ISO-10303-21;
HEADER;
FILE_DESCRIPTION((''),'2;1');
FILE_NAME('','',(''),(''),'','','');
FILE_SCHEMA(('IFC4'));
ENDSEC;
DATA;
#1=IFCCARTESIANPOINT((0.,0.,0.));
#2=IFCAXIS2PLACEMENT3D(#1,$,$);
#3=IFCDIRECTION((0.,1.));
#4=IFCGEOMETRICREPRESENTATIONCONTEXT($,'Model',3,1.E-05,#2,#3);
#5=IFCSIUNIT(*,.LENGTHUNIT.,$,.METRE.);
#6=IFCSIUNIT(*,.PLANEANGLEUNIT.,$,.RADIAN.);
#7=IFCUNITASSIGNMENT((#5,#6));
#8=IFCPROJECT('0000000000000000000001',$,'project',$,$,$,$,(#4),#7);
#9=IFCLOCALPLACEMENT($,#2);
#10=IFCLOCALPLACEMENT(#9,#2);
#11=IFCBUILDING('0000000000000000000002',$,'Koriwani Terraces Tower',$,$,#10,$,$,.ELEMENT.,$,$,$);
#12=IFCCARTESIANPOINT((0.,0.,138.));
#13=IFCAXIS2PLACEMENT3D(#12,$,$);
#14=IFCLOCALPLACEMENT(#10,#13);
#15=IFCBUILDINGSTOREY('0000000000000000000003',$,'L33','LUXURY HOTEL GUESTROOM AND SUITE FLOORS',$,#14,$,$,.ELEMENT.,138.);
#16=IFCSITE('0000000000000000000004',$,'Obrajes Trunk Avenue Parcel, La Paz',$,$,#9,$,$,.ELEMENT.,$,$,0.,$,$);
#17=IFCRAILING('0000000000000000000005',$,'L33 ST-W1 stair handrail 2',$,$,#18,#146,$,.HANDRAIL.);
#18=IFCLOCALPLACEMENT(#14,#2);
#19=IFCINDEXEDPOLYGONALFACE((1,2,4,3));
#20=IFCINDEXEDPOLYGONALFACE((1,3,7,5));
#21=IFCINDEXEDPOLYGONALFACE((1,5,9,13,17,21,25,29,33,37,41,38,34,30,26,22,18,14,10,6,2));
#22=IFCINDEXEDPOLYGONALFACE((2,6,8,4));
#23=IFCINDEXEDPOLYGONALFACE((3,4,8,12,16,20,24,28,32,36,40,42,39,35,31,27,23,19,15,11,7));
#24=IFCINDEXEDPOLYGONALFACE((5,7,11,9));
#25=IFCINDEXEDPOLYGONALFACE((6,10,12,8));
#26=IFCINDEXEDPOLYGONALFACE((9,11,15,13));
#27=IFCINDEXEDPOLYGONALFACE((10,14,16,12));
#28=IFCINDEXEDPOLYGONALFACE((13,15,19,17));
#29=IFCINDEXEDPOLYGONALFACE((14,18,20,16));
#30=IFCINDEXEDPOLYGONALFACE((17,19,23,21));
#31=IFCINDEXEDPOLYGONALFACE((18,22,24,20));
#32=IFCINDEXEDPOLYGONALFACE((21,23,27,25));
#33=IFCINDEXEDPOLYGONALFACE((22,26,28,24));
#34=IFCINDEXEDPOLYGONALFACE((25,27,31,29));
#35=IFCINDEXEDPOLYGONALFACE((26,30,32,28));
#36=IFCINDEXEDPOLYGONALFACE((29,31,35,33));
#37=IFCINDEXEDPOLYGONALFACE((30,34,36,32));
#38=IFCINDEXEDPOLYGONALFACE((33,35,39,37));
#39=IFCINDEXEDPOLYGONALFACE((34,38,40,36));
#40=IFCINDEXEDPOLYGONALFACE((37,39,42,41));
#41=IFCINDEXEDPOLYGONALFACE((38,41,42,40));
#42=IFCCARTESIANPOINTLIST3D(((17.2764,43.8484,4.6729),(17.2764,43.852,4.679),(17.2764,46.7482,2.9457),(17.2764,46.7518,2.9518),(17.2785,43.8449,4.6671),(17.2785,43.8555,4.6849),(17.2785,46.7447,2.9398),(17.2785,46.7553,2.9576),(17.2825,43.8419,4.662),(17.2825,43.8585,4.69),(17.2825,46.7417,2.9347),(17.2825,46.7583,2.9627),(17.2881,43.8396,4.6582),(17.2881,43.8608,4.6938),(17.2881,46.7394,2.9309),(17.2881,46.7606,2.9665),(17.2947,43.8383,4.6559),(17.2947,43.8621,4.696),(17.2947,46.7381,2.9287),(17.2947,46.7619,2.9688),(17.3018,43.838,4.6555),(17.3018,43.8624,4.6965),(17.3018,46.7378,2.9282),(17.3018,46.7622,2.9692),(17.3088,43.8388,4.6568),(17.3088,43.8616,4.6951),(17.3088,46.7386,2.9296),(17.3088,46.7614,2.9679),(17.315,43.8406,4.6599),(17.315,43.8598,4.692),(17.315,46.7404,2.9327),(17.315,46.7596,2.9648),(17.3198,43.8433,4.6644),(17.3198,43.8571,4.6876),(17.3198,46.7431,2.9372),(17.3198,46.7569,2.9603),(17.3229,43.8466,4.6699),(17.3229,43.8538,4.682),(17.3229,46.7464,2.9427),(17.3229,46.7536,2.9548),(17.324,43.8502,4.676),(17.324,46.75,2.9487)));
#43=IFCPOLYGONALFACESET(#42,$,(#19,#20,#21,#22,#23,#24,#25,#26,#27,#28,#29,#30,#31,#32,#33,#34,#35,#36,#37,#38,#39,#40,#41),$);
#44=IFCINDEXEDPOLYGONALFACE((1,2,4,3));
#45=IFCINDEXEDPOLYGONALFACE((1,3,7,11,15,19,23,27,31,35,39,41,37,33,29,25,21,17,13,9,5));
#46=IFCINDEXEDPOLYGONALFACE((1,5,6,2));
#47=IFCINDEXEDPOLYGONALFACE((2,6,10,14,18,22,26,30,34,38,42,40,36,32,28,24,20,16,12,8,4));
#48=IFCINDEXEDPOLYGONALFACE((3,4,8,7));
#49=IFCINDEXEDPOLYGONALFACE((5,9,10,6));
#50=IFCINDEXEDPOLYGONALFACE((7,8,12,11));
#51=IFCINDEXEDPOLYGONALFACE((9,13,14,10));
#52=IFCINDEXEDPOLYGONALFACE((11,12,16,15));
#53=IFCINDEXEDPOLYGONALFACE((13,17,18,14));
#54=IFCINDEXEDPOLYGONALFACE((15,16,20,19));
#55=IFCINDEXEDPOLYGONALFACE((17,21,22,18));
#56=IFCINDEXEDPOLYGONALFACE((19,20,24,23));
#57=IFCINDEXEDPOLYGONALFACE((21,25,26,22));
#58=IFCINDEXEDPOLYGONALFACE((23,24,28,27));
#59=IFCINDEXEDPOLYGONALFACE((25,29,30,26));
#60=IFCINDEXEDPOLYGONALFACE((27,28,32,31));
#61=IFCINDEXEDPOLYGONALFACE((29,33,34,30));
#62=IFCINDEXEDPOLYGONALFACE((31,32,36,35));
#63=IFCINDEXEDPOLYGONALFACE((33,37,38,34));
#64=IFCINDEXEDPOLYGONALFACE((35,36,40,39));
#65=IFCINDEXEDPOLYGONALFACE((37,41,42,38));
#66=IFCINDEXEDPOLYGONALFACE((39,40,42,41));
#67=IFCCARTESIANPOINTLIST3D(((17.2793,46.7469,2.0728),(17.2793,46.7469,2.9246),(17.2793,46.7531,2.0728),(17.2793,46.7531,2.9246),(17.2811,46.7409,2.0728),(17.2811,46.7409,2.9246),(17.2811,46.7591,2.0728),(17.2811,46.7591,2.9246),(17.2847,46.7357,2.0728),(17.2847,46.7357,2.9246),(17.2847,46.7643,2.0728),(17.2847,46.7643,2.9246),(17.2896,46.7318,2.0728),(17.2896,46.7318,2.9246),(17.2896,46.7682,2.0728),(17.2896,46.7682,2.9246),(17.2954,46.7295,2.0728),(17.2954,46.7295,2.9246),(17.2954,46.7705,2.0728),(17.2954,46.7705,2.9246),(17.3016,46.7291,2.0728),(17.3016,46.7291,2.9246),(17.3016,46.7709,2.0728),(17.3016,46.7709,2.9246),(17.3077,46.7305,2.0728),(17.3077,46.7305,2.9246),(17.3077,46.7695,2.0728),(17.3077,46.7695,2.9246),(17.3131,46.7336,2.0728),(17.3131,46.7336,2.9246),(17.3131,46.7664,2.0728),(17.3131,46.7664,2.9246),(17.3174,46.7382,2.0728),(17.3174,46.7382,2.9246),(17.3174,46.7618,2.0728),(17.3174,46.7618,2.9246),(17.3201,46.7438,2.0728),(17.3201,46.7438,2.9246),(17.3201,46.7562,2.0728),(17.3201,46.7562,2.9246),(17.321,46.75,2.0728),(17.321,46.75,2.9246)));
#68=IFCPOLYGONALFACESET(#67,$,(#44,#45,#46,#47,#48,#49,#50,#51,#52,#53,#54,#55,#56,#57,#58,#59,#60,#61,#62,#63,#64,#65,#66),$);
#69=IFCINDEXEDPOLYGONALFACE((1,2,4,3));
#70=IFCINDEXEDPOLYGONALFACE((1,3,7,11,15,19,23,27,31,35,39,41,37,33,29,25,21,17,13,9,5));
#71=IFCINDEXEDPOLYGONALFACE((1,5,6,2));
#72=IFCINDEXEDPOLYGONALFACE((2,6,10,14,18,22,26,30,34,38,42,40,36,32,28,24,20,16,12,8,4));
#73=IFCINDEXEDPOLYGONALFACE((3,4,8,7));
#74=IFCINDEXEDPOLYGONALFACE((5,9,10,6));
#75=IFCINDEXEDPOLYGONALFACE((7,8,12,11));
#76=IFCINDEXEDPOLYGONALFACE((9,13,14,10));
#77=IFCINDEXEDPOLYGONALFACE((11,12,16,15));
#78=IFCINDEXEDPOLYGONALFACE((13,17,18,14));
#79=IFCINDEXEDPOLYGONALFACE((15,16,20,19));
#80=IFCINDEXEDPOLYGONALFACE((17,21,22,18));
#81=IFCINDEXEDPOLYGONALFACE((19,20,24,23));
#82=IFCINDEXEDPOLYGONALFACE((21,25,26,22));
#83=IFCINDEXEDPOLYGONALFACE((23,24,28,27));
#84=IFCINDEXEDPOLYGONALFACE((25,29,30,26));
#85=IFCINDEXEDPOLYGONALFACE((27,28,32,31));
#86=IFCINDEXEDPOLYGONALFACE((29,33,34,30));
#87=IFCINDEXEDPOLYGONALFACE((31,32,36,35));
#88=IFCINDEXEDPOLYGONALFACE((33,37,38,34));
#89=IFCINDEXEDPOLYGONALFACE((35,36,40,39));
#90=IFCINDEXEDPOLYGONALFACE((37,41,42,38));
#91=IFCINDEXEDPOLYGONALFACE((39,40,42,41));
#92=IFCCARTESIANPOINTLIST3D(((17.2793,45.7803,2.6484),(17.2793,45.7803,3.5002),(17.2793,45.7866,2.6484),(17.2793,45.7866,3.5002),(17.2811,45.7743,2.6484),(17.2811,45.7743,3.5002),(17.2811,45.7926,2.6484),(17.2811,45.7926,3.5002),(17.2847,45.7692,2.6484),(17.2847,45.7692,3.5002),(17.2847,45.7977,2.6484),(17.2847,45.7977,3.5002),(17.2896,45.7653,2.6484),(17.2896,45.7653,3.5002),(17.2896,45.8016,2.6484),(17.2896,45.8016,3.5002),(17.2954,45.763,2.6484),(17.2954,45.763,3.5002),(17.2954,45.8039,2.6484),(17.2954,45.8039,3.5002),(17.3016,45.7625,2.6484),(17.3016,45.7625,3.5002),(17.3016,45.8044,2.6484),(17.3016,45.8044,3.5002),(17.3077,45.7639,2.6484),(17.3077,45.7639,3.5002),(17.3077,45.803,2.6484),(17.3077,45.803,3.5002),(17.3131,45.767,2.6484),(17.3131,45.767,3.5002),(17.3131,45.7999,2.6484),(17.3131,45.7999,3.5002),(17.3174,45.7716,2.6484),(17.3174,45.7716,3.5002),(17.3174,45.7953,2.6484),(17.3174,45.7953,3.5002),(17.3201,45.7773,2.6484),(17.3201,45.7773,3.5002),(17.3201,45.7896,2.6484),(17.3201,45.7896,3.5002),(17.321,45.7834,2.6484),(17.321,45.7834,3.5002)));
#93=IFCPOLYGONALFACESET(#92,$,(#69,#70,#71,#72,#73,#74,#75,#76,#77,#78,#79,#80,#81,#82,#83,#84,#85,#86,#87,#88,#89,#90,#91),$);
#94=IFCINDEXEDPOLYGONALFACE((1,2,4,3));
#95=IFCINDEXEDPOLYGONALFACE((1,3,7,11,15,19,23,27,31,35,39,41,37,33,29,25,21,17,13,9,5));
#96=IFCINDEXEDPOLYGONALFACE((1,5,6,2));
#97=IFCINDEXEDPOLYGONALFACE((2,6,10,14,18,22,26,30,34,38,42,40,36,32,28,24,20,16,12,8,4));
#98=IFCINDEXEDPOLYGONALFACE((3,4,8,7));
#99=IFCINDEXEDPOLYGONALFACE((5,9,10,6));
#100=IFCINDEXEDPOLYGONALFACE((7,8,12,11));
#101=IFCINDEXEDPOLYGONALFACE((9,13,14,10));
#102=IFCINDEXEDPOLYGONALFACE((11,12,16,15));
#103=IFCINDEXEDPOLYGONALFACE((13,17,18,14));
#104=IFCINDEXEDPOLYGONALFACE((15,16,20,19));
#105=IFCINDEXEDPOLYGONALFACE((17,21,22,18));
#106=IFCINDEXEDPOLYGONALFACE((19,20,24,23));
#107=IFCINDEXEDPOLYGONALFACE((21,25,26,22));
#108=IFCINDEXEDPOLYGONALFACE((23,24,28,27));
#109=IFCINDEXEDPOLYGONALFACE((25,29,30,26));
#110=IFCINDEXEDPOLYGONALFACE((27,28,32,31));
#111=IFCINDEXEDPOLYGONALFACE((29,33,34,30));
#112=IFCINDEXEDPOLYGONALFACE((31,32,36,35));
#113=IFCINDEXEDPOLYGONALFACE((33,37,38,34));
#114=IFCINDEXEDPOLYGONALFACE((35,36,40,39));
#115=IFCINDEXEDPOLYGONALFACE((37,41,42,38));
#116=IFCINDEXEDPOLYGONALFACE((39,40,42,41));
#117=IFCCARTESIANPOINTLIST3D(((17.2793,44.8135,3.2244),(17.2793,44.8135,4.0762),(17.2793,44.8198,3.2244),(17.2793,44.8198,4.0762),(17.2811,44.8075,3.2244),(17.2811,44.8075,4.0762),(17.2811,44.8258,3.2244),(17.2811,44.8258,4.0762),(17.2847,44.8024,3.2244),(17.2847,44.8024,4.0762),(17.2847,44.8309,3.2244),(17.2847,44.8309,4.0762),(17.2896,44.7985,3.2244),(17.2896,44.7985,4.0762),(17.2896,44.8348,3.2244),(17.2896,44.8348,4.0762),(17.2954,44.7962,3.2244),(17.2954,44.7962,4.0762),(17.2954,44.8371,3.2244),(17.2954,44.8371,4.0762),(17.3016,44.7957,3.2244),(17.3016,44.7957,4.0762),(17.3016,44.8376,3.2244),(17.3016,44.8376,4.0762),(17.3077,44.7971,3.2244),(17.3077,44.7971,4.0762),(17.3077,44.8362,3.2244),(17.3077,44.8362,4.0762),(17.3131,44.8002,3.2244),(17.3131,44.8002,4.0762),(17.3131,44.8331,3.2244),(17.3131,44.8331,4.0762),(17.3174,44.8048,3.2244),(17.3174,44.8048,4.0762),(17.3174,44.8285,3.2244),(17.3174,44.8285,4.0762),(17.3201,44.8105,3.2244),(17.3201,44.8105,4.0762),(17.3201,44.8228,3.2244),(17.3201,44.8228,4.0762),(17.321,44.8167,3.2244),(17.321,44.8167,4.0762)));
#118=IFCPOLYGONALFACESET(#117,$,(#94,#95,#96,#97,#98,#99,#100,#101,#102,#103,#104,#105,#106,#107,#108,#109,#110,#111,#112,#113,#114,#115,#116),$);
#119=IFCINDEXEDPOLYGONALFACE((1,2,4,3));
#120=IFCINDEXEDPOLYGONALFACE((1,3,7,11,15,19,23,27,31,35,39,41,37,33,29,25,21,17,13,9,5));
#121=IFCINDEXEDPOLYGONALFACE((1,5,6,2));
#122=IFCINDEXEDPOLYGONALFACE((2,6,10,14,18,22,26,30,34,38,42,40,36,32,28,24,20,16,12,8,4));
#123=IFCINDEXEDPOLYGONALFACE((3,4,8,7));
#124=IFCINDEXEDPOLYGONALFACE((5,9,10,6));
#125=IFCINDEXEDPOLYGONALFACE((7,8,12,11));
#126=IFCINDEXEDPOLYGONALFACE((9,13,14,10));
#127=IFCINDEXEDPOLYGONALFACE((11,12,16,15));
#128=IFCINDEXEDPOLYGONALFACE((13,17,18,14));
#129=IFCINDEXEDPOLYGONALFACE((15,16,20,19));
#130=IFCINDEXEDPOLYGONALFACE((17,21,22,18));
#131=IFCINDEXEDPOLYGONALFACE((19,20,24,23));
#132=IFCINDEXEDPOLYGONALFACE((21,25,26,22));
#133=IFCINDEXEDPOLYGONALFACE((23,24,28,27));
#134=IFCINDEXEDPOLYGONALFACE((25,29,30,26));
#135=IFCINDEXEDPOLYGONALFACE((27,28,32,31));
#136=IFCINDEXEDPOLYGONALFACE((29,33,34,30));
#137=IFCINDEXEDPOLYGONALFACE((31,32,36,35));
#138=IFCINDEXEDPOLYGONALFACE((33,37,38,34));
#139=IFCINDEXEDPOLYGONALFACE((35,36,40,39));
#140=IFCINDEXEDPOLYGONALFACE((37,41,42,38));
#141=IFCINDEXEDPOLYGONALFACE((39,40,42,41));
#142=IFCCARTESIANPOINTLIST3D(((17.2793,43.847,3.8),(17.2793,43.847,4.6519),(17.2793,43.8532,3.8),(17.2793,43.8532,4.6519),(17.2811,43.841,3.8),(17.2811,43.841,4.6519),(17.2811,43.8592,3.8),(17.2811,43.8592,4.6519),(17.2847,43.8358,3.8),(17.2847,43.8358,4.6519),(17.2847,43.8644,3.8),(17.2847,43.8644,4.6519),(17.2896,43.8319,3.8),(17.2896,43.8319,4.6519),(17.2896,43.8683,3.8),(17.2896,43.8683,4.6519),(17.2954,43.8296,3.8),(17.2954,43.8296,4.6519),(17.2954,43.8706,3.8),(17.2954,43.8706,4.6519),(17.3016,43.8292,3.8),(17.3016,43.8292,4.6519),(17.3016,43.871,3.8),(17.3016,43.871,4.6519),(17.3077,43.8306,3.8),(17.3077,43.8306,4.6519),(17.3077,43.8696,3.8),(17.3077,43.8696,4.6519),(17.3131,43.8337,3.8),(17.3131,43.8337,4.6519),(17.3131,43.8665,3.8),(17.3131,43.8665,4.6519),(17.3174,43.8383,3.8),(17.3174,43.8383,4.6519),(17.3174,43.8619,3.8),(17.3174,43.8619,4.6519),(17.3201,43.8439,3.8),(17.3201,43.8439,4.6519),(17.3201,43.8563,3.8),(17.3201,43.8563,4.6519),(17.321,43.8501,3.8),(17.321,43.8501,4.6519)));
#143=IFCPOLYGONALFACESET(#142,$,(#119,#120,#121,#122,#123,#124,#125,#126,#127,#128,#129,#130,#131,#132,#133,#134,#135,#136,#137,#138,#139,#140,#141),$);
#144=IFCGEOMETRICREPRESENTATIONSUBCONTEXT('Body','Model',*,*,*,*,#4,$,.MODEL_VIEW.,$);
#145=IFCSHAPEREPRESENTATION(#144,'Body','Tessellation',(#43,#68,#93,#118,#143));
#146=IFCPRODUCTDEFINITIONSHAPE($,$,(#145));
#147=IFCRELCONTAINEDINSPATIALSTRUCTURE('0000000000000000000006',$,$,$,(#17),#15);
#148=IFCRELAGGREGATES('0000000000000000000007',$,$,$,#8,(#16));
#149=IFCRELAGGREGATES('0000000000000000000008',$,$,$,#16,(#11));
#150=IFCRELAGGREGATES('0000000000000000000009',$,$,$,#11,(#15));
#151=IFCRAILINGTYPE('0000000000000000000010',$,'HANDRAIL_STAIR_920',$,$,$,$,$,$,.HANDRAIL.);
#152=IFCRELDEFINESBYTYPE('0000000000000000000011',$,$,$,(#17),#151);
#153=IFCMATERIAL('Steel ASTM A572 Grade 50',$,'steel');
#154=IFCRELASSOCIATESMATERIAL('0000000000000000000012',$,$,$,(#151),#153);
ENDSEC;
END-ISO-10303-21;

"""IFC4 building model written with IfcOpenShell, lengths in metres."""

from ifc_helpers import new_model, si_unit, direction, frame, origin, origin_2d, place, context, subcontext, project, spatial, circle, extrude, material, type_object, element, save


model = new_model("IFC4")

# Units and contexts
model_context = context("Model", 3, precision=1e-05, world=origin(), true_north=direction((0.0, 1.0)))
body_context = subcontext(model_context, "Body", "Model", "MODEL_VIEW")
ifc_project = project(units=[si_unit("LENGTHUNIT", "METRE"), si_unit("PLANEANGLEUNIT", "RADIAN")], contexts=[model_context])

# Site, building, storey
site_placement = place(None, origin())
site = spatial("IfcSite", under=ifc_project, at=site_placement, Name="Obrajes Trunk Avenue Parcel, La Paz", CompositionType="ELEMENT", RefElevation=0.0)
building_placement = place(site_placement, origin())
building = spatial("IfcBuilding", under=site, at=building_placement, Name="Koriwani Terraces Tower", CompositionType="ELEMENT")
storey_placement = place(building_placement, frame((0.0, 0.0, 138.0)))
storey = spatial("IfcBuildingStorey", under=building, at=storey_placement, Name="L33", Description="LUXURY HOTEL GUESTROOM AND SUITE FLOORS", CompositionType="ELEMENT", Elevation=138.0)

# Shared definitions
ifc_material_1 = material(Name="Steel ASTM A572 Grade 50", Category="steel")

# Railing
railing_type = type_object("IfcRailingType", Name="HANDRAIL_STAIR_920", PredefinedType="HANDRAIL", material=ifc_material_1)
for number, where, name in (
    (1, (17.3, 46.75, 2.0728), "L33 ST-W1 stair handrail 2"),
):
    element("IfcRailing", number, at=place(storey_placement, frame(where)), inside=storey, type_object=railing_type, Name=name, PredefinedType="HANDRAIL", context=body_context, shape_type="SweptSolid", body=[
        extrude(circle(Radius=0.0239, at=origin_2d()), frame((0.0, 0.0, 0.876), z_axis=(0.0, -0.859141, 0.511738), x_axis=(1.0, 0.0, 0.0)), (0.0, 0.0, 1.0), 3.3752),
        extrude(circle(Radius=0.021, at=origin_2d()), origin(), (0.0, 0.0, 1.0), 0.8518),
        extrude(circle(Radius=0.021, at=origin_2d()), frame((0.0, -0.9666, 0.5757)), (0.0, 0.0, 1.0), 0.8518),
        extrude(circle(Radius=0.021, at=origin_2d()), frame((0.0, -1.9333, 1.1516)), (0.0, 0.0, 1.0), 0.8518),
        extrude(circle(Radius=0.021, at=origin_2d()), frame((0.0, -2.8999, 1.7273)), (0.0, 0.0, 1.0), 0.8518),
    ])

save(model, "model.ifc")
